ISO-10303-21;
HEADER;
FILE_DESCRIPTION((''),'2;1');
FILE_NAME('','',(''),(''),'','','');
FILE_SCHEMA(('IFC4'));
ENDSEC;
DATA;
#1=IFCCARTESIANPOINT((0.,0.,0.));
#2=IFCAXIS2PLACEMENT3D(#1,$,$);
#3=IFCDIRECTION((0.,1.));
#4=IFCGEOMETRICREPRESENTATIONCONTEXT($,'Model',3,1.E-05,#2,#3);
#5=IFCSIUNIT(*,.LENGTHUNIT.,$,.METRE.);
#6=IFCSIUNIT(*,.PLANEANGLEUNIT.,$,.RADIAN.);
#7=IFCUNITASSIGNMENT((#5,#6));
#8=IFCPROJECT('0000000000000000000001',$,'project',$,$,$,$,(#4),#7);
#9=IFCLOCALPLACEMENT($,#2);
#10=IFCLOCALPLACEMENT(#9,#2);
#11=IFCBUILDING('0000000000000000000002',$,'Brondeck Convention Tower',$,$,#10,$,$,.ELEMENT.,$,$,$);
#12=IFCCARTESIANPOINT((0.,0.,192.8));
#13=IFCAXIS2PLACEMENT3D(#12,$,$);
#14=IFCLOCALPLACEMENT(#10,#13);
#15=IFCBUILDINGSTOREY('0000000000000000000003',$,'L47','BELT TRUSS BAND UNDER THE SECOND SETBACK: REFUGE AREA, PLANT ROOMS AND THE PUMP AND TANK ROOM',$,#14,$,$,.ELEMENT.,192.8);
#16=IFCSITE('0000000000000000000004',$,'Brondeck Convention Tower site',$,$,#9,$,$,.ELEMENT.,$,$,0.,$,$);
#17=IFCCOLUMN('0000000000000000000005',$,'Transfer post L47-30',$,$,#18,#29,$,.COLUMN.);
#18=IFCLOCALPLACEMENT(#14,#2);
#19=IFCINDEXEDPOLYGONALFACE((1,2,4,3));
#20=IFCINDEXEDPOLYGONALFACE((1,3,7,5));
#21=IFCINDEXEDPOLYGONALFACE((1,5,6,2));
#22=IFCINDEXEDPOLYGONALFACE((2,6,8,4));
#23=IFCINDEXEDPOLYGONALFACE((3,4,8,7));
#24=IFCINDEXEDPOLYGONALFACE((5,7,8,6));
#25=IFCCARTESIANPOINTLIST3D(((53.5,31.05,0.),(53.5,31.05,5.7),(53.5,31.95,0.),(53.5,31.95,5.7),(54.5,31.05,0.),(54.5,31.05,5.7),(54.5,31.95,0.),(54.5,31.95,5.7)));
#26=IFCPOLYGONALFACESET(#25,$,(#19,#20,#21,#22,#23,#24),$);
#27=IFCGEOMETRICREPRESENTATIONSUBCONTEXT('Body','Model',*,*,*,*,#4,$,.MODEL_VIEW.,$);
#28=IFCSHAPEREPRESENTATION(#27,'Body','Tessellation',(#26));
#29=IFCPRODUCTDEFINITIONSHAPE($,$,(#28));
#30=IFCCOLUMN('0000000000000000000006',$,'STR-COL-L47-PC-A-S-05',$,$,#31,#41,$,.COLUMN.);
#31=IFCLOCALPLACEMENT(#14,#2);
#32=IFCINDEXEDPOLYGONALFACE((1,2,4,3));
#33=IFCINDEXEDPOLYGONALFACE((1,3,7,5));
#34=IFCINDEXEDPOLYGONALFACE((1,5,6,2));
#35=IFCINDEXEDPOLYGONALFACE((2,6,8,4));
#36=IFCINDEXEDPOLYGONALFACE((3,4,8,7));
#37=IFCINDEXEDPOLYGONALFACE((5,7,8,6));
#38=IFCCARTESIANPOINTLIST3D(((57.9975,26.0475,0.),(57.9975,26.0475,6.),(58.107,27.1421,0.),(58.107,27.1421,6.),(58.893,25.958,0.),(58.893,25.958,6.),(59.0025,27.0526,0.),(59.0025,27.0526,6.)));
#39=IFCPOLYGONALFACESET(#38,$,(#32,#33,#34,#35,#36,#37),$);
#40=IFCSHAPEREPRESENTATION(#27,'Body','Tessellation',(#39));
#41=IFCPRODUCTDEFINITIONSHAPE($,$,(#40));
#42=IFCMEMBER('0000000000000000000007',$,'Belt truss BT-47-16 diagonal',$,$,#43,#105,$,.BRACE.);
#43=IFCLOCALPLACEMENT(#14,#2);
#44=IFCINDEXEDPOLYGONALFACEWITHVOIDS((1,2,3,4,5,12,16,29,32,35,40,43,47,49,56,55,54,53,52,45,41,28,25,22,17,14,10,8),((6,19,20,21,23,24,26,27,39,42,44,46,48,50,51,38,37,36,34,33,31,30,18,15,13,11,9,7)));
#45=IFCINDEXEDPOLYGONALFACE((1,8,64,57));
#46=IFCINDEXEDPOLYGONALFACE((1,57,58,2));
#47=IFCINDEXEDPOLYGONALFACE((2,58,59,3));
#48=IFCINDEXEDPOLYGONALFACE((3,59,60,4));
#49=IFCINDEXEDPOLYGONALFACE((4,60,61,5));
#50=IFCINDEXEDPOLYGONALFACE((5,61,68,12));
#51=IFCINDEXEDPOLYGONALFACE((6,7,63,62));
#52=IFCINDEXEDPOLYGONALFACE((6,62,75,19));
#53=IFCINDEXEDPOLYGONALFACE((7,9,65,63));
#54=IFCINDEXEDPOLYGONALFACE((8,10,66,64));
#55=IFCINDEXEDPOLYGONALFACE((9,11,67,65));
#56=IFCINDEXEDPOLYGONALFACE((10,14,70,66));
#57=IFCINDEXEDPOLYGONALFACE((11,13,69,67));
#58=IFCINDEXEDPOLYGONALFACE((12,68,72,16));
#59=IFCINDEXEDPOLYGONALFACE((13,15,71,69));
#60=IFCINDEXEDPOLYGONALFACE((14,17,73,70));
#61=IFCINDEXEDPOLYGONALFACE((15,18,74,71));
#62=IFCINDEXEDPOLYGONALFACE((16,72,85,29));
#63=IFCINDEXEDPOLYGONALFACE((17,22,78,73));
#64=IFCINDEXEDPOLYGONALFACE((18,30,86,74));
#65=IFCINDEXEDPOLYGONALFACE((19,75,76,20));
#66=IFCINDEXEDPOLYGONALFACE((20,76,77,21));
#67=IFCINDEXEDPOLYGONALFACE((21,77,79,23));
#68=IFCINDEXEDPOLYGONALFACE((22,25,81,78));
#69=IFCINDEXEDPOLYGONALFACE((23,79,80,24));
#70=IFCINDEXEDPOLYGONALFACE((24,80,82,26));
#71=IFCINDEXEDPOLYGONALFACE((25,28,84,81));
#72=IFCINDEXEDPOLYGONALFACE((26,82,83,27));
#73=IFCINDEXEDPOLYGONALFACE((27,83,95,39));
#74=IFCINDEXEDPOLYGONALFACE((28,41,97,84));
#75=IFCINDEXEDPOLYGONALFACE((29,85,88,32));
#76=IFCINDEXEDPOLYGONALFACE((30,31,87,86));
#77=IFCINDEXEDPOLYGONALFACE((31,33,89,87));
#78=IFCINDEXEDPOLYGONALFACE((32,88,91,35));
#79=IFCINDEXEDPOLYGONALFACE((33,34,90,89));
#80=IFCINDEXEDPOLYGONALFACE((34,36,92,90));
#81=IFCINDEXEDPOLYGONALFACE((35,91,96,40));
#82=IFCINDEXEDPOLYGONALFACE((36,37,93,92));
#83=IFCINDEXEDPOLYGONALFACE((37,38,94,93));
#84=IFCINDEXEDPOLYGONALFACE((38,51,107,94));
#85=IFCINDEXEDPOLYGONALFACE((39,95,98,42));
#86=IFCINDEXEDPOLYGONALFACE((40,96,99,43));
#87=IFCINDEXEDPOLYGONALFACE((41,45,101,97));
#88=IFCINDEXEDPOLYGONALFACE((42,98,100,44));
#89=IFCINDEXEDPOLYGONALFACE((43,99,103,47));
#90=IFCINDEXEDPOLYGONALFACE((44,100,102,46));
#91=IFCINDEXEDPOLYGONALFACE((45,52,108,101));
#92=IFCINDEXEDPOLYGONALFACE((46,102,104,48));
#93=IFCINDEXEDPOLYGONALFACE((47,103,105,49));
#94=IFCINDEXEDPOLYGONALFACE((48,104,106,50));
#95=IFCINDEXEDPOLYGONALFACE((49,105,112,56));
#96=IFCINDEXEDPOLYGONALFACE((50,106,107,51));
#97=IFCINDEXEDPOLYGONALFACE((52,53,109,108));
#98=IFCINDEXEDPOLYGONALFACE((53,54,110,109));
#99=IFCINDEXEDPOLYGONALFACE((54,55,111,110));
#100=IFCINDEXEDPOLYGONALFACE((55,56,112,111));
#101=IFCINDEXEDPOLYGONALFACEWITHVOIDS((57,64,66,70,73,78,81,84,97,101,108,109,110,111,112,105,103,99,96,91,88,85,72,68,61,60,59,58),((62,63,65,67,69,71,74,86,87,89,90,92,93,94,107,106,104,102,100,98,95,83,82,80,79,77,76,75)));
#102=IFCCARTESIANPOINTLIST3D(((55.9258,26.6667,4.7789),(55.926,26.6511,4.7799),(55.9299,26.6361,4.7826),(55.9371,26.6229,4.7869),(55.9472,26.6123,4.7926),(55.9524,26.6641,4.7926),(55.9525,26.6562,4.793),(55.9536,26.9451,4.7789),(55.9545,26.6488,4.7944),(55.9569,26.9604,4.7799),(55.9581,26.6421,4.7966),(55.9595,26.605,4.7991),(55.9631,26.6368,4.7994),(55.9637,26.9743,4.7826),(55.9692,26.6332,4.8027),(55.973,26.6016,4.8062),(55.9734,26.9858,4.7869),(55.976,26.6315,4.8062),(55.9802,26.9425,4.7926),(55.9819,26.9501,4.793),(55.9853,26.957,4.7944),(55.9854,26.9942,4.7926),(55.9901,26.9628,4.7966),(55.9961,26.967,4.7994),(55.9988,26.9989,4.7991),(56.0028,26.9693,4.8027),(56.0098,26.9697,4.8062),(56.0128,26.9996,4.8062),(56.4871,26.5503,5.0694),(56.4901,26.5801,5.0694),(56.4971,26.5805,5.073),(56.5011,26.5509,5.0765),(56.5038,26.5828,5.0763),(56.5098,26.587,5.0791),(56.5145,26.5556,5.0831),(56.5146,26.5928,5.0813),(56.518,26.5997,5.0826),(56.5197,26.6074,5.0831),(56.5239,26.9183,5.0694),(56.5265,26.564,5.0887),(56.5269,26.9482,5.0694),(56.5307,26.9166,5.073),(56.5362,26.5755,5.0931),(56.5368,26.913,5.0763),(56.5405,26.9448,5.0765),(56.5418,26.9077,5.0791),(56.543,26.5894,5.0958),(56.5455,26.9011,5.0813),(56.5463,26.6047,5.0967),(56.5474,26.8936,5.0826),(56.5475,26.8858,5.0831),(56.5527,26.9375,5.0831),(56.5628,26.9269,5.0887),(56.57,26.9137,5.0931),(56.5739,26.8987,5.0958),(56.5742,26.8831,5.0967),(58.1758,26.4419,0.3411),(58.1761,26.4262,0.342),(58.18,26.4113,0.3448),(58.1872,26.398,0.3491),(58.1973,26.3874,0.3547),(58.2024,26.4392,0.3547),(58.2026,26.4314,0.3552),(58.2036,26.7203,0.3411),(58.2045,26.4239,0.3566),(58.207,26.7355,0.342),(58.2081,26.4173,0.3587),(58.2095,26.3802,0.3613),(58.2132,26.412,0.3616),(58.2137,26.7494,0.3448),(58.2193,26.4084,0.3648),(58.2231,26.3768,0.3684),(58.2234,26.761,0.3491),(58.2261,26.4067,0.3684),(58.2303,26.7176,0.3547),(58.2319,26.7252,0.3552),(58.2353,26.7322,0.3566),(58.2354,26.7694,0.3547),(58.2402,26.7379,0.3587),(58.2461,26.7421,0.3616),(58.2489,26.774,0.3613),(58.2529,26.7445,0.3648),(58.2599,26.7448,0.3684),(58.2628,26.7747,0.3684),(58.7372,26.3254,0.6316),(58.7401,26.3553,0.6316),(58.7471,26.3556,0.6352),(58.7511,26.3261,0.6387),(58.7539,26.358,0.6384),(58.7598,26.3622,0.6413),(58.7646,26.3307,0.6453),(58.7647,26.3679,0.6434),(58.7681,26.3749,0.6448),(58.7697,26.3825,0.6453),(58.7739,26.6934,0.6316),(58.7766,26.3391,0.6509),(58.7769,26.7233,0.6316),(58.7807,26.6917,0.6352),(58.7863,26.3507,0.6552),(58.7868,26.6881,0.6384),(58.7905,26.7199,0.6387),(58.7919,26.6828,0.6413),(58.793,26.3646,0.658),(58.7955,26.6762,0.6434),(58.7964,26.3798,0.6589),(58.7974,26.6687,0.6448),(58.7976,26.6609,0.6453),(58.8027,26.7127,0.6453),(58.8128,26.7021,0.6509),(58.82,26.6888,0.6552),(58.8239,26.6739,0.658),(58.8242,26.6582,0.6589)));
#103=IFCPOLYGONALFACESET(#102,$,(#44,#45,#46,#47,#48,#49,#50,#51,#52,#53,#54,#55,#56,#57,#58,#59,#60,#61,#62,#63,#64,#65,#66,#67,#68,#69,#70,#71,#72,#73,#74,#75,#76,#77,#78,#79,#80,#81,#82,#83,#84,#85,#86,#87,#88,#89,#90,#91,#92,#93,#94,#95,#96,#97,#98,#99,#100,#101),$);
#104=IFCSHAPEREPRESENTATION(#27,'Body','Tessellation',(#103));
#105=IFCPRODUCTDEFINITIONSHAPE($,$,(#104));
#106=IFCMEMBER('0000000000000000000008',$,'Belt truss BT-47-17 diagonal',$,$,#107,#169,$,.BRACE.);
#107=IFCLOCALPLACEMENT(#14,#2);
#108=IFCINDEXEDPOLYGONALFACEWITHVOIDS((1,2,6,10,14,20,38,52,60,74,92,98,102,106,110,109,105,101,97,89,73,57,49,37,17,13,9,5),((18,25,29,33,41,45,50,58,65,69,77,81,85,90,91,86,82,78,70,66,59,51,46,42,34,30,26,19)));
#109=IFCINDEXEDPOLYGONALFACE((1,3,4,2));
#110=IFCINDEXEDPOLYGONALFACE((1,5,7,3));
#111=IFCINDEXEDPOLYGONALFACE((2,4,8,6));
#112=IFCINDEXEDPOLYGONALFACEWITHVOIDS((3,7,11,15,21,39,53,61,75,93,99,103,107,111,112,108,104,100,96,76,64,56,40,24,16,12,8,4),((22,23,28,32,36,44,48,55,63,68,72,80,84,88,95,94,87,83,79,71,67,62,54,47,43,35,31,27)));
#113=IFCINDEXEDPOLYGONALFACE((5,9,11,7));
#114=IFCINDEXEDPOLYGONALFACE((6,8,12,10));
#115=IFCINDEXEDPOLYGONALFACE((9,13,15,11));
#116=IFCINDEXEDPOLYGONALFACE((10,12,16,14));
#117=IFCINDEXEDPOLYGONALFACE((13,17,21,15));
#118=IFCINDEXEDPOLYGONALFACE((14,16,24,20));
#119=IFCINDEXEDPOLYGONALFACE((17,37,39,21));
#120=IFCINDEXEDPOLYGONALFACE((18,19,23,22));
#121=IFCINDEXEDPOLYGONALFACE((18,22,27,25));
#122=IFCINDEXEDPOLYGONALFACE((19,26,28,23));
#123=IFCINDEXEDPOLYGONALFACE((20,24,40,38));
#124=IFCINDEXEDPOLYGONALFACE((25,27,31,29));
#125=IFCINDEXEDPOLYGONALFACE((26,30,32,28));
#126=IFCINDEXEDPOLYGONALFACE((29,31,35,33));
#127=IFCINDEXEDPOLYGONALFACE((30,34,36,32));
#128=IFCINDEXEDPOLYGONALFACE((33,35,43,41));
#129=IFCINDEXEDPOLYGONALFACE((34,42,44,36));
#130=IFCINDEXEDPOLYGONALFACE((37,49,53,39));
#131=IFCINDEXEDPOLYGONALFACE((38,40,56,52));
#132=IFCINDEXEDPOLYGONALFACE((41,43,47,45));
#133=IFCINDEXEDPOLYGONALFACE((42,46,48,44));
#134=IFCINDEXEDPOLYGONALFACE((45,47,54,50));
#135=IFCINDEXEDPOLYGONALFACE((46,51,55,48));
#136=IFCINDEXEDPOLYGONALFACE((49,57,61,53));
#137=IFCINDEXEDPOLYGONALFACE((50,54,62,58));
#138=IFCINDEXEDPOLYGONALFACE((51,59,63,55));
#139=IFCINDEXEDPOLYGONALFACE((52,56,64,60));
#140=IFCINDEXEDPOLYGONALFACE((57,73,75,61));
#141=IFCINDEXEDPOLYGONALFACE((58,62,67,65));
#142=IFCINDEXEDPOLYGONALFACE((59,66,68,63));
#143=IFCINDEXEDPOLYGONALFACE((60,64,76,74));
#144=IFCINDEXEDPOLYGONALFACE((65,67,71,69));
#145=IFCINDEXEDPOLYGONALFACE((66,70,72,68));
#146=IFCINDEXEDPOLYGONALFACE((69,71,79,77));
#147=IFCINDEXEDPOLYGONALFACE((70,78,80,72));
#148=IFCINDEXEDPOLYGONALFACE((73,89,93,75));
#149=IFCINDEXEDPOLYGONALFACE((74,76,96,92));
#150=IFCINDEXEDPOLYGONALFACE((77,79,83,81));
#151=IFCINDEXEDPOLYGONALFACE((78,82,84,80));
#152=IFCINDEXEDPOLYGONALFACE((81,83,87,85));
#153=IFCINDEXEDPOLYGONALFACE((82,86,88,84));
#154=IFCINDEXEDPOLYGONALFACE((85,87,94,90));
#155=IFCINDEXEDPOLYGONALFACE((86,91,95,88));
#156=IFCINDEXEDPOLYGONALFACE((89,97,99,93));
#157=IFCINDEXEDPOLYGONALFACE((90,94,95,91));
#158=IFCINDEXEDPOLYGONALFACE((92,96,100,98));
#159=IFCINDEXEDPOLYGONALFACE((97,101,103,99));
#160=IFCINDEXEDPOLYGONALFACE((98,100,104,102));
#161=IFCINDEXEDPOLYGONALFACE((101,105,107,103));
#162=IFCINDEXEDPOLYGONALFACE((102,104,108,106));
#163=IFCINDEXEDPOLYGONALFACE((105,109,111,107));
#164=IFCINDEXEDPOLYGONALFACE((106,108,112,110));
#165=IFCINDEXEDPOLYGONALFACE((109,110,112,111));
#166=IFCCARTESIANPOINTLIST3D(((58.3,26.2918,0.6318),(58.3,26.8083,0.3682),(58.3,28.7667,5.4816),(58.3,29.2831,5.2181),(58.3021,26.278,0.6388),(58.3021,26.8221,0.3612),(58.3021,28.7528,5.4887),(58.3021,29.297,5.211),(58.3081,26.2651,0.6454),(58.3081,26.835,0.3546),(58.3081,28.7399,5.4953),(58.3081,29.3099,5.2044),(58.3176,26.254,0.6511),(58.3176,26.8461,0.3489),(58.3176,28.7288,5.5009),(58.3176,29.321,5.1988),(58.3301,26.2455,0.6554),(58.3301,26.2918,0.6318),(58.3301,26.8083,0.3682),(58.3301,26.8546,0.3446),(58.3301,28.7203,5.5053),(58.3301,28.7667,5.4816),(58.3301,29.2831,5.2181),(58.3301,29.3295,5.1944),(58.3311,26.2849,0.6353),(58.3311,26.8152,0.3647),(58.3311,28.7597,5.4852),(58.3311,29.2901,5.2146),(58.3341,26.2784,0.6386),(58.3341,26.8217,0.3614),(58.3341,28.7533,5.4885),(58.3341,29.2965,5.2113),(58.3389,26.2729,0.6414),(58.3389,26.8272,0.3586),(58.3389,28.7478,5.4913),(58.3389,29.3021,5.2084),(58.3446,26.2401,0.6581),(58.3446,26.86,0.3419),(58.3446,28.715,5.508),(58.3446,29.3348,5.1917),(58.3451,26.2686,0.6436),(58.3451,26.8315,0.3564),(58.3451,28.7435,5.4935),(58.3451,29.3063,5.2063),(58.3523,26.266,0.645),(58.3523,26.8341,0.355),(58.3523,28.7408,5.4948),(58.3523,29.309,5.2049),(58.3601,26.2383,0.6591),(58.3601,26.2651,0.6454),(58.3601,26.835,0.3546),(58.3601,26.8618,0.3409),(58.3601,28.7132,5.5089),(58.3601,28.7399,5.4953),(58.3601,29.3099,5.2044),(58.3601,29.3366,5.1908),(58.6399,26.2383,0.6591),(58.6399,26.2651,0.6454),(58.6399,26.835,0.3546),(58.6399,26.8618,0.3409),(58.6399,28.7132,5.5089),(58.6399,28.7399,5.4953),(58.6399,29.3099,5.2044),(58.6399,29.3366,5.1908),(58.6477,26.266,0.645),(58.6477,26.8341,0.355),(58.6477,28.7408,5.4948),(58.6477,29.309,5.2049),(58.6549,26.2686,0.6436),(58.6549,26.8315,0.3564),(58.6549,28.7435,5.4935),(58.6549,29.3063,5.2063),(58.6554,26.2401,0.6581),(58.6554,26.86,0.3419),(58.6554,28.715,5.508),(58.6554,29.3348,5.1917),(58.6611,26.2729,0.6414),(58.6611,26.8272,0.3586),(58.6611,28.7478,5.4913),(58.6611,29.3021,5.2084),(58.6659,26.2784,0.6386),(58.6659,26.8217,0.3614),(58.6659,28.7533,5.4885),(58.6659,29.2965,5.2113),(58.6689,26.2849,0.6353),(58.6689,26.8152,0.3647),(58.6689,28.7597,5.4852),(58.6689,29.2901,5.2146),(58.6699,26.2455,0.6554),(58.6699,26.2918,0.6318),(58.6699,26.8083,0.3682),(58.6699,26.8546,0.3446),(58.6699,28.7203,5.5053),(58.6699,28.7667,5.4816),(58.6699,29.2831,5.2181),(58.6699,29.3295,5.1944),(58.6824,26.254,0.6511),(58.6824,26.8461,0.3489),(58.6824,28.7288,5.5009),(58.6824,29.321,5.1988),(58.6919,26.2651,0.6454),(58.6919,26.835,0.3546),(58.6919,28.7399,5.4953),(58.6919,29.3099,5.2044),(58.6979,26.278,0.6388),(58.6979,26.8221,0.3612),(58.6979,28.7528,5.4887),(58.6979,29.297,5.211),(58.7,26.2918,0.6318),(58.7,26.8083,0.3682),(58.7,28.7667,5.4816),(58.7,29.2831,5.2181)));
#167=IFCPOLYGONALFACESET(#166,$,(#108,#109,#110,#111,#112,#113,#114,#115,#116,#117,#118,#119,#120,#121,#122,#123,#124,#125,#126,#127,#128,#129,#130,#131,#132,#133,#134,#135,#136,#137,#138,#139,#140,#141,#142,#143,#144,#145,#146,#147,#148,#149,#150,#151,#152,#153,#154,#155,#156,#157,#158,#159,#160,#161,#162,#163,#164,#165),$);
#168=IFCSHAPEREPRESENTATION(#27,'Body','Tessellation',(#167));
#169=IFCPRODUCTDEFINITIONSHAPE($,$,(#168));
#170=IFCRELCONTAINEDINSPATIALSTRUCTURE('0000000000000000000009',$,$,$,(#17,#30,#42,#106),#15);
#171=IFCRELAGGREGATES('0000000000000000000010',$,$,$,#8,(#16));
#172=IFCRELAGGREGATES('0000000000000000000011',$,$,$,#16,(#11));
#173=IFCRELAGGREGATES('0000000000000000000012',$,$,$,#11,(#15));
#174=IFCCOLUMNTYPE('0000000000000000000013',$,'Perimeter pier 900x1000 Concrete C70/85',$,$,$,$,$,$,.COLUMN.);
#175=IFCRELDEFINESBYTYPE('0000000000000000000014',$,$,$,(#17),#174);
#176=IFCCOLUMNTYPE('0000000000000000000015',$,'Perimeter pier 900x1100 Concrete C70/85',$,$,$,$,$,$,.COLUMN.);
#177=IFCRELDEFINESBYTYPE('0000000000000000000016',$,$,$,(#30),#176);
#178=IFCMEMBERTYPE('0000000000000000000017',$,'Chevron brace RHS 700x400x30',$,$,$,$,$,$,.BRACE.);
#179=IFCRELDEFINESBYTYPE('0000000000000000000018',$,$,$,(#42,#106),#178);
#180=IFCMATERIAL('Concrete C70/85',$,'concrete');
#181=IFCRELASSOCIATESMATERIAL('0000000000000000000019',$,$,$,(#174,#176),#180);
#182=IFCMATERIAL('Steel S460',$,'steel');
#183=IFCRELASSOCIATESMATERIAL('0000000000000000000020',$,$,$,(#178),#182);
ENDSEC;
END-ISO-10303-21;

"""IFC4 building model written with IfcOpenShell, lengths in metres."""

from ifc_helpers import new_model, si_unit, direction, frame, origin, origin_2d, place, context, subcontext, project, spatial, rectangle, hollow_rectangle, extrude, material, material_profile, profile_set, type_object, element, save


model = new_model("IFC4")

# Units and contexts
model_context = context("Model", 3, precision=1e-05, world=origin(), true_north=direction((0.0, 1.0)))
body_context = subcontext(model_context, "Body", "Model", "MODEL_VIEW")
ifc_project = project(units=[si_unit("LENGTHUNIT", "METRE"), si_unit("PLANEANGLEUNIT", "RADIAN")], contexts=[model_context])

# Site, building, storey
site_placement = place(None, origin())
site = spatial("IfcSite", under=ifc_project, at=site_placement, Name="Brondeck Convention Tower site", CompositionType="ELEMENT", RefElevation=0.0)
building_placement = place(site_placement, origin())
building = spatial("IfcBuilding", under=site, at=building_placement, Name="Brondeck Convention Tower", CompositionType="ELEMENT")
storey_placement = place(building_placement, frame((0.0, 0.0, 192.8)))
storey = spatial("IfcBuildingStorey", under=building, at=storey_placement, Name="L47", Description="BELT TRUSS BAND UNDER THE SECOND SETBACK: REFUGE AREA, PLANT ROOMS AND THE PUMP AND TANK ROOM", CompositionType="ELEMENT", Elevation=192.8)

# Columns
ifc_material_1 = material(Name="Concrete C70/85", Category="concrete")
ifc_material_profile_1 = material_profile(ifc_material_1, rectangle(XDim=0.8999, YDim=1.0, at=origin_2d()), Name="Perimeter pier 900x1000 Concrete C70/85")
ifc_profile_set_1 = profile_set([ifc_material_profile_1], Name="Concrete C70/85")
column_type_1 = type_object("IfcColumnType", Name="Perimeter pier 900x1000 Concrete C70/85", PredefinedType="COLUMN", material=ifc_profile_set_1)
column_1_placement = place(storey_placement, frame((54.0, 31.5, 0.0), z_axis=(0.0, 0.0, 1.0), x_axis=(0.0, 1.0, 0.0)))
element("IfcColumn", 1, at=column_1_placement, inside=storey, type_object=column_type_1, Name="Transfer post L47-30", PredefinedType="COLUMN", context=body_context, shape_type="SweptSolid", body=[
    extrude(rectangle(XDim=0.8999, YDim=1.0, at=origin_2d()), origin(), (0.0, 0.0, 1.0), 5.7),
])
ifc_material_profile_2 = material_profile(ifc_material_1, rectangle(XDim=0.8999, YDim=1.1001, at=origin_2d()), Name="Perimeter pier 900x1100 Concrete C70/85")
ifc_profile_set_2 = profile_set([ifc_material_profile_2], Name="Concrete C70/85")
column_type_2 = type_object("IfcColumnType", Name="Perimeter pier 900x1100 Concrete C70/85", PredefinedType="COLUMN", material=ifc_profile_set_2)
column_2_placement = place(storey_placement, frame((58.5, 26.55, 0.0), z_axis=(0.0, 0.0, 1.0), x_axis=(0.995037, -0.099504, 0.0)))
element("IfcColumn", 2, at=column_2_placement, inside=storey, type_object=column_type_2, Name="STR-COL-L47-PC-A-S-05", PredefinedType="COLUMN", context=body_context, shape_type="SweptSolid", body=[
    extrude(rectangle(XDim=0.8999, YDim=1.1001, at=origin_2d()), origin(), (0.0, 0.0, 1.0), 6.0),
])

# Members
ifc_material_2 = material(Name="Steel S460", Category="steel")
ifc_material_profile_3 = material_profile(ifc_material_2, hollow_rectangle(XDim=0.3999, YDim=0.7, WallThickness=0.03, InnerFilletRadius=0.03, OuterFilletRadius=0.0601, at=origin_2d()), Name="RHS 700x400x30")
ifc_profile_set_3 = profile_set([ifc_material_profile_3], Name="Steel S460")
member_type_1 = type_object("IfcMemberType", Name="Chevron brace RHS 700x400x30", PredefinedType="BRACE", material=ifc_profile_set_3)
member_1_placement = place(storey_placement, frame((58.5, 26.55, 0.5), z_axis=(-0.45175, 0.045146, 0.891001), x_axis=(-0.09944, -0.995044, 0.0)))
element("IfcMember", 3, at=member_1_placement, inside=storey, type_object=member_type_1, Name="Belt truss BT-47-16 diagonal", PredefinedType="BRACE", context=body_context, shape_type="SweptSolid", body=[
    extrude(hollow_rectangle(XDim=0.3999, YDim=0.7, WallThickness=0.03, InnerFilletRadius=0.03, OuterFilletRadius=0.0601, at=origin_2d()), origin(), (0.0, 0.0, 1.0), 4.9807),
])
member_2_placement = place(storey_placement, frame((58.5, 26.55, 0.5), z_axis=(0.0, 0.454534, 0.890729), x_axis=(-1.0, 0.0, 0.0)))
element("IfcMember", 4, at=member_2_placement, inside=storey, type_object=member_type_1, Name="Belt truss BT-47-17 diagonal", PredefinedType="BRACE", context=body_context, shape_type="SweptSolid", body=[
    extrude(hollow_rectangle(XDim=0.3999, YDim=0.7, WallThickness=0.03, InnerFilletRadius=0.03, OuterFilletRadius=0.0601, at=origin_2d()), origin(), (0.0, 0.0, 1.0), 5.4448),
])

save(model, "model.ifc")
